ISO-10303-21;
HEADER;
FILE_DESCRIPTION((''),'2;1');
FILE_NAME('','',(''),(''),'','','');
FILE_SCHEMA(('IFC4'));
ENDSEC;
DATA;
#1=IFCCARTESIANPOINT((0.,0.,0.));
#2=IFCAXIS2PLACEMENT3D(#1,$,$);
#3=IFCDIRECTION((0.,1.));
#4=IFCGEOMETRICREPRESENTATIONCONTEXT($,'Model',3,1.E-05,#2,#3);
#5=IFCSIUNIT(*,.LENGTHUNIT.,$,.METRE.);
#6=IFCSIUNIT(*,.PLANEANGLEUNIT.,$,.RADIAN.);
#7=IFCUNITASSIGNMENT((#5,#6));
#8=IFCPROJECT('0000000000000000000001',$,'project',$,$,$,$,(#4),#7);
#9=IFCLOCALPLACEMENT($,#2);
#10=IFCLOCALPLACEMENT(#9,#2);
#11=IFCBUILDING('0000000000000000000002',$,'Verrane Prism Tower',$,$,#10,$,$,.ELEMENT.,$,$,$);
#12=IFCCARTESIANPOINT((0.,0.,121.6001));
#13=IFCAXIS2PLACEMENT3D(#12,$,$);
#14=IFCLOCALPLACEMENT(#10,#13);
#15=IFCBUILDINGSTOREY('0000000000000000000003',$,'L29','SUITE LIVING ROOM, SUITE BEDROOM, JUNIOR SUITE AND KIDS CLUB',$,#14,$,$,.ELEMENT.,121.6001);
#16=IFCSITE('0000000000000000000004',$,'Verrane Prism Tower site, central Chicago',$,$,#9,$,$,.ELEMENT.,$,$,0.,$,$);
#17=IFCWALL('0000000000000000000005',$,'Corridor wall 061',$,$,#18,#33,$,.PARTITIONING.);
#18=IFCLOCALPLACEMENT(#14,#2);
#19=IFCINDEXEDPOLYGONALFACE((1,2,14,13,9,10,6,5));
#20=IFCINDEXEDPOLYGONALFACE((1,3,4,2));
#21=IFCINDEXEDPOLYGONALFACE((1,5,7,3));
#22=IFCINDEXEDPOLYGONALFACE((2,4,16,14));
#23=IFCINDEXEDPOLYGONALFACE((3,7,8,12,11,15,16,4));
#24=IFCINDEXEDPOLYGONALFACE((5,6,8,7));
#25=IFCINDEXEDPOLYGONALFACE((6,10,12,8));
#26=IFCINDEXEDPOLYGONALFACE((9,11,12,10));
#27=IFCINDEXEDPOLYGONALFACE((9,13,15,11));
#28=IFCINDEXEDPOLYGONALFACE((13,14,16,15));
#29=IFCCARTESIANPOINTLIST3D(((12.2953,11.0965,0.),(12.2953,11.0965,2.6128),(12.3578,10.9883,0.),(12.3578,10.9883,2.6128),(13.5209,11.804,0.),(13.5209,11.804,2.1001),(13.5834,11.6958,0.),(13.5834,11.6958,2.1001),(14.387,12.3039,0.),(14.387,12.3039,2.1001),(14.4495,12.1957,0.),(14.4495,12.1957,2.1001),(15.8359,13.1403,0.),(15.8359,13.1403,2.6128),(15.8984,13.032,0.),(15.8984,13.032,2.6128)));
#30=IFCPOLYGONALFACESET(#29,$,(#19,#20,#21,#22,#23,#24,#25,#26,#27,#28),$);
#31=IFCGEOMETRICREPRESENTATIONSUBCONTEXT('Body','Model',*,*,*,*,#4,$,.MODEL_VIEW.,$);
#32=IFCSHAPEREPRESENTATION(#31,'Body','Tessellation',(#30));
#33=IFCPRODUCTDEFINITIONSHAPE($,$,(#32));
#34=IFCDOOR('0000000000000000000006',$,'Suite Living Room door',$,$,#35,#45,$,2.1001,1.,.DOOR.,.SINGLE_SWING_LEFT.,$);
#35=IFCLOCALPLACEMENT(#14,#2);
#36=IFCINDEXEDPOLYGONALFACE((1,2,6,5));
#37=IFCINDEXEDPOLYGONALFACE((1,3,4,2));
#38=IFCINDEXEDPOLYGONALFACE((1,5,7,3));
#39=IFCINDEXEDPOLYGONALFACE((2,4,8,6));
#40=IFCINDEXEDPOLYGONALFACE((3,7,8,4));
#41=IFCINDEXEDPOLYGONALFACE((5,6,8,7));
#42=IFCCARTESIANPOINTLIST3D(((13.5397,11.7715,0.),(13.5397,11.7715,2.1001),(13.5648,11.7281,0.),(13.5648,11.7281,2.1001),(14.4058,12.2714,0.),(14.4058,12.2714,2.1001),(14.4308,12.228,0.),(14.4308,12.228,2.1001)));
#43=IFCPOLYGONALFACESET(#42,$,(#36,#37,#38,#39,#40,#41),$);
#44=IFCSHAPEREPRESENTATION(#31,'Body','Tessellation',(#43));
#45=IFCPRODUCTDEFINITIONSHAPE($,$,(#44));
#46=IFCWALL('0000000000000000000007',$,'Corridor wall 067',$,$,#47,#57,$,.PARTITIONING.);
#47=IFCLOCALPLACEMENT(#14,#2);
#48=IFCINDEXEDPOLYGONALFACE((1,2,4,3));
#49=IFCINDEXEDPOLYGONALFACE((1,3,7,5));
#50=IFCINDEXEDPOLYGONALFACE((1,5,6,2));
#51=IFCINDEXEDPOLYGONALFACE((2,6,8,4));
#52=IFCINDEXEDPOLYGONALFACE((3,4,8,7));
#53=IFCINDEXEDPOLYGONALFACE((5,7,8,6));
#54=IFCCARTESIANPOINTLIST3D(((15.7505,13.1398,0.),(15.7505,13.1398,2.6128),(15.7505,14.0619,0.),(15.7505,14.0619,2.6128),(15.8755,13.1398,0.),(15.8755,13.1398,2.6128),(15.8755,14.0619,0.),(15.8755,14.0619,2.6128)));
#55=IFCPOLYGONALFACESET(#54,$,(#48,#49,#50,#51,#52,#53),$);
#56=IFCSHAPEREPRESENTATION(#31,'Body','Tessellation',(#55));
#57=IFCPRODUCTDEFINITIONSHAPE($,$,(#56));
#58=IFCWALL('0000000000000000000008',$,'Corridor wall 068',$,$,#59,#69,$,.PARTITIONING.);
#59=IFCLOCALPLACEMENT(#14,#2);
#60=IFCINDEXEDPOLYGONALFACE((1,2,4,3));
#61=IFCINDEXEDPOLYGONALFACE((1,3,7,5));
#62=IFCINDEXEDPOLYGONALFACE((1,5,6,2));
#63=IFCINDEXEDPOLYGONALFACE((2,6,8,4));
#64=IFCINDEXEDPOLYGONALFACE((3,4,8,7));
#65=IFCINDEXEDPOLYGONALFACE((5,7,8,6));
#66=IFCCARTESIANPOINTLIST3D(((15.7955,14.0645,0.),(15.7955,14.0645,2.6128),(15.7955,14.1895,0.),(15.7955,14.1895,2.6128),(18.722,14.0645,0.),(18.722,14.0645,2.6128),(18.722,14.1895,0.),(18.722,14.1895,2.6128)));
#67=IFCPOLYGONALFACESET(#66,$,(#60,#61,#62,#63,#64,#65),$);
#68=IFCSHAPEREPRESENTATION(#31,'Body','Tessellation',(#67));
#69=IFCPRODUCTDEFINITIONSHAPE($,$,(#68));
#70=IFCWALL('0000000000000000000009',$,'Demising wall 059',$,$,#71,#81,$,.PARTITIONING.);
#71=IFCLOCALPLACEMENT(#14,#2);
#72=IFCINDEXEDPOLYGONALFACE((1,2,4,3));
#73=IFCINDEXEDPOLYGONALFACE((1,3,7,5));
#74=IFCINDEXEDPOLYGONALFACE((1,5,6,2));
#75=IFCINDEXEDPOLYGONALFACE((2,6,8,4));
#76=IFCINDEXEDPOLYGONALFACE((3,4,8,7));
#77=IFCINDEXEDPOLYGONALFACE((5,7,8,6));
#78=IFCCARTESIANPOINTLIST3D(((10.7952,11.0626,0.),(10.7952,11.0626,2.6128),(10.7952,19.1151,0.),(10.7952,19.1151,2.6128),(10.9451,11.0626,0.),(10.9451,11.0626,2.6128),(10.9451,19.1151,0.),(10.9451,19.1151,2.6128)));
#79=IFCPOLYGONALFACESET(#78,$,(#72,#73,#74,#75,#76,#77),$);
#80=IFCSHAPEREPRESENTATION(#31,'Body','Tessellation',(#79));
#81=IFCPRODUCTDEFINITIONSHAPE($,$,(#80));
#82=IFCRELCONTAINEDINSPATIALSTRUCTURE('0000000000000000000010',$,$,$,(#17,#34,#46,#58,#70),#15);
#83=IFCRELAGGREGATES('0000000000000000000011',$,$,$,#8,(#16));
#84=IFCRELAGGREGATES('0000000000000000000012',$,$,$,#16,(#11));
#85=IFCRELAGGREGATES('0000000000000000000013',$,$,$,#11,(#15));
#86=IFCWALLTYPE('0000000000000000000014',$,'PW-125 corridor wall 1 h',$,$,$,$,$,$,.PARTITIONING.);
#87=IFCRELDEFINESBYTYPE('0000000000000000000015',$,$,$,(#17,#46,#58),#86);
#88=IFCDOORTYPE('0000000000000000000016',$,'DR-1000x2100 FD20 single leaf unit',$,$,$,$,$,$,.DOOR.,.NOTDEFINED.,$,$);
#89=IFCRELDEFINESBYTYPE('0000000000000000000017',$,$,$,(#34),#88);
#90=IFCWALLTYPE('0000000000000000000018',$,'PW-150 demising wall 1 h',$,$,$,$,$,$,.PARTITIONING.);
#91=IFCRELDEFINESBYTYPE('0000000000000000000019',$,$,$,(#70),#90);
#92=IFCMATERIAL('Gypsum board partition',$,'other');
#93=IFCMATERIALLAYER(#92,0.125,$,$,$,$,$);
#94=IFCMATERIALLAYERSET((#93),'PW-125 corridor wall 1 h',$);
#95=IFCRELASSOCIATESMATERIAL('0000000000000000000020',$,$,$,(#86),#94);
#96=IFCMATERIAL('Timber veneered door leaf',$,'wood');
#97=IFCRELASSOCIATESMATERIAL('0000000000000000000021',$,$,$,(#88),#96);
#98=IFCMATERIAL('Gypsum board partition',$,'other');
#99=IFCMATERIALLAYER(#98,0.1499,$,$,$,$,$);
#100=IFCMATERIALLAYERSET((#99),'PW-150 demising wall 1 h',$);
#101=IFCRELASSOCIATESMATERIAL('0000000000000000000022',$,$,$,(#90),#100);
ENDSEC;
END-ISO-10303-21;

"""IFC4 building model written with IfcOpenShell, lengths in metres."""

from ifc_helpers import new_model, si_unit, direction, frame, frame_2d, origin, place, context, subcontext, project, spatial, rectangle, extrude, material, layer, layer_set, type_object, element, fill, save


model = new_model("IFC4")

# Units and contexts
model_context = context("Model", 3, precision=1e-05, world=origin(), true_north=direction((0.0, 1.0)))
body_context = subcontext(model_context, "Body", "Model", "MODEL_VIEW")
ifc_project = project(units=[si_unit("LENGTHUNIT", "METRE"), si_unit("PLANEANGLEUNIT", "RADIAN")], contexts=[model_context])

# Site, building, storey
site_placement = place(None, origin())
site = spatial("IfcSite", under=ifc_project, at=site_placement, Name="Verrane Prism Tower site, central Chicago", CompositionType="ELEMENT", RefElevation=0.0)
building_placement = place(site_placement, origin())
building = spatial("IfcBuilding", under=site, at=building_placement, Name="Verrane Prism Tower", CompositionType="ELEMENT")
storey_placement = place(building_placement, frame((0.0, 0.0, 121.6001)))
storey = spatial("IfcBuildingStorey", under=building, at=storey_placement, Name="L29", Description="SUITE LIVING ROOM, SUITE BEDROOM, JUNIOR SUITE AND KIDS CLUB", CompositionType="ELEMENT", Elevation=121.6001)

# Wall, opening, door
ifc_material_1 = material(Name="Gypsum board partition", Category="other")
ifc_layer_1 = layer(ifc_material_1, 0.125)
ifc_layer_set_1 = layer_set([ifc_layer_1], Name="PW-125 corridor wall 1 h")
wall_type_1 = type_object("IfcWallType", Name="PW-125 corridor wall 1 h", PredefinedType="PARTITIONING", material=ifc_layer_set_1)
wall_1_placement = place(storey_placement, frame((12.3267, 11.0425, 0.0), z_axis=(0.0, 0.0, 1.0), x_axis=(0.86607, 0.499922, 0.0)))
wall_1 = element("IfcWall", 1, at=wall_1_placement, inside=storey, type_object=wall_type_1, Name="Corridor wall 061", PredefinedType="PARTITIONING", context=body_context, shape_type="SweptSolid", body=[
    extrude(rectangle(XDim=4.0881, YDim=0.125, at=frame_2d((2.0439, 0.0))), origin(), (0.0, 0.0, 1.0), 2.6128),
])
opening_1_placement = place(wall_1_placement, frame((1.415, 0.0, 0.0)))
opening_1 = element("IfcOpeningElement", 2, at=opening_1_placement, cuts=wall_1, PredefinedType="OPENING", context=body_context, shape_type="SweptSolid", body=[
    extrude(rectangle(XDim=1.0, YDim=2.1001, at=frame_2d((0.5, 1.05))), frame((0.0, 0.0725, 0.0), z_axis=(0.0, -1.0, 0.0), x_axis=(1.0, 0.0, 0.0)), (0.0, 0.0, 1.0), 0.145),
])
ifc_material_2 = material(Name="Timber veneered door leaf", Category="wood")
door_type_1 = type_object("IfcDoorType", Name="DR-1000x2100 FD20 single leaf unit", OperationType="NOTDEFINED", PredefinedType="DOOR", material=ifc_material_2)
door_1_placement = place(opening_1_placement, origin())
door_1 = element("IfcDoor", 3, at=door_1_placement, inside=storey, type_object=door_type_1, Name="Suite Living Room door", OperationType="SINGLE_SWING_LEFT", OverallHeight=2.1001, OverallWidth=1.0, PredefinedType="DOOR", context=body_context, shape_type="SweptSolid", body=[
    extrude(rectangle(XDim=1.0, YDim=2.1001, at=frame_2d((0.5, 1.05))), frame((0.0, 0.0249, 0.0), z_axis=(0.0, -1.0, 0.0), x_axis=(1.0, 0.0, 0.0)), (0.0, 0.0, 1.0), 0.05),
])
fill(opening_1, door_1)

# Walls
wall_2_placement = place(storey_placement, frame((15.813, 13.1399, 0.0), z_axis=(0.0, 0.0, 1.0), x_axis=(0.0, 1.0, 0.0)))
element("IfcWall", 4, at=wall_2_placement, inside=storey, type_object=wall_type_1, Name="Corridor wall 067", PredefinedType="PARTITIONING", context=body_context, shape_type="SweptSolid", body=[
    extrude(rectangle(XDim=0.9221, YDim=0.125, at=frame_2d((0.4609, 0.0))), origin(), (0.0, 0.0, 1.0), 2.6128),
])
wall_3_placement = place(storey_placement, frame((15.7954, 14.127, 0.0), z_axis=(0.0, 0.0, 1.0), x_axis=(1.0, 0.0, 0.0)))
element("IfcWall", 5, at=wall_3_placement, inside=storey, type_object=wall_type_1, Name="Corridor wall 068", PredefinedType="PARTITIONING", context=body_context, shape_type="SweptSolid", body=[
    extrude(rectangle(XDim=2.9265, YDim=0.125, at=frame_2d((1.4634, 0.0))), origin(), (0.0, 0.0, 1.0), 2.6128),
])
ifc_material_3 = material(Name="Gypsum board partition", Category="other")
ifc_layer_2 = layer(ifc_material_3, 0.1499)
ifc_layer_set_2 = layer_set([ifc_layer_2], Name="PW-150 demising wall 1 h")
wall_type_2 = type_object("IfcWallType", Name="PW-150 demising wall 1 h", PredefinedType="PARTITIONING", material=ifc_layer_set_2)
wall_4_placement = place(storey_placement, frame((10.8701, 11.0625, 0.0), z_axis=(0.0, 0.0, 1.0), x_axis=(0.0, 1.0, 0.0)))
element("IfcWall", 6, at=wall_4_placement, inside=storey, type_object=wall_type_2, Name="Demising wall 059", PredefinedType="PARTITIONING", context=body_context, shape_type="SweptSolid", body=[
    extrude(rectangle(XDim=8.0525, YDim=0.1499, at=frame_2d((4.0264, 0.0))), origin(), (0.0, 0.0, 1.0), 2.6128),
])

save(model, "model.ifc")
